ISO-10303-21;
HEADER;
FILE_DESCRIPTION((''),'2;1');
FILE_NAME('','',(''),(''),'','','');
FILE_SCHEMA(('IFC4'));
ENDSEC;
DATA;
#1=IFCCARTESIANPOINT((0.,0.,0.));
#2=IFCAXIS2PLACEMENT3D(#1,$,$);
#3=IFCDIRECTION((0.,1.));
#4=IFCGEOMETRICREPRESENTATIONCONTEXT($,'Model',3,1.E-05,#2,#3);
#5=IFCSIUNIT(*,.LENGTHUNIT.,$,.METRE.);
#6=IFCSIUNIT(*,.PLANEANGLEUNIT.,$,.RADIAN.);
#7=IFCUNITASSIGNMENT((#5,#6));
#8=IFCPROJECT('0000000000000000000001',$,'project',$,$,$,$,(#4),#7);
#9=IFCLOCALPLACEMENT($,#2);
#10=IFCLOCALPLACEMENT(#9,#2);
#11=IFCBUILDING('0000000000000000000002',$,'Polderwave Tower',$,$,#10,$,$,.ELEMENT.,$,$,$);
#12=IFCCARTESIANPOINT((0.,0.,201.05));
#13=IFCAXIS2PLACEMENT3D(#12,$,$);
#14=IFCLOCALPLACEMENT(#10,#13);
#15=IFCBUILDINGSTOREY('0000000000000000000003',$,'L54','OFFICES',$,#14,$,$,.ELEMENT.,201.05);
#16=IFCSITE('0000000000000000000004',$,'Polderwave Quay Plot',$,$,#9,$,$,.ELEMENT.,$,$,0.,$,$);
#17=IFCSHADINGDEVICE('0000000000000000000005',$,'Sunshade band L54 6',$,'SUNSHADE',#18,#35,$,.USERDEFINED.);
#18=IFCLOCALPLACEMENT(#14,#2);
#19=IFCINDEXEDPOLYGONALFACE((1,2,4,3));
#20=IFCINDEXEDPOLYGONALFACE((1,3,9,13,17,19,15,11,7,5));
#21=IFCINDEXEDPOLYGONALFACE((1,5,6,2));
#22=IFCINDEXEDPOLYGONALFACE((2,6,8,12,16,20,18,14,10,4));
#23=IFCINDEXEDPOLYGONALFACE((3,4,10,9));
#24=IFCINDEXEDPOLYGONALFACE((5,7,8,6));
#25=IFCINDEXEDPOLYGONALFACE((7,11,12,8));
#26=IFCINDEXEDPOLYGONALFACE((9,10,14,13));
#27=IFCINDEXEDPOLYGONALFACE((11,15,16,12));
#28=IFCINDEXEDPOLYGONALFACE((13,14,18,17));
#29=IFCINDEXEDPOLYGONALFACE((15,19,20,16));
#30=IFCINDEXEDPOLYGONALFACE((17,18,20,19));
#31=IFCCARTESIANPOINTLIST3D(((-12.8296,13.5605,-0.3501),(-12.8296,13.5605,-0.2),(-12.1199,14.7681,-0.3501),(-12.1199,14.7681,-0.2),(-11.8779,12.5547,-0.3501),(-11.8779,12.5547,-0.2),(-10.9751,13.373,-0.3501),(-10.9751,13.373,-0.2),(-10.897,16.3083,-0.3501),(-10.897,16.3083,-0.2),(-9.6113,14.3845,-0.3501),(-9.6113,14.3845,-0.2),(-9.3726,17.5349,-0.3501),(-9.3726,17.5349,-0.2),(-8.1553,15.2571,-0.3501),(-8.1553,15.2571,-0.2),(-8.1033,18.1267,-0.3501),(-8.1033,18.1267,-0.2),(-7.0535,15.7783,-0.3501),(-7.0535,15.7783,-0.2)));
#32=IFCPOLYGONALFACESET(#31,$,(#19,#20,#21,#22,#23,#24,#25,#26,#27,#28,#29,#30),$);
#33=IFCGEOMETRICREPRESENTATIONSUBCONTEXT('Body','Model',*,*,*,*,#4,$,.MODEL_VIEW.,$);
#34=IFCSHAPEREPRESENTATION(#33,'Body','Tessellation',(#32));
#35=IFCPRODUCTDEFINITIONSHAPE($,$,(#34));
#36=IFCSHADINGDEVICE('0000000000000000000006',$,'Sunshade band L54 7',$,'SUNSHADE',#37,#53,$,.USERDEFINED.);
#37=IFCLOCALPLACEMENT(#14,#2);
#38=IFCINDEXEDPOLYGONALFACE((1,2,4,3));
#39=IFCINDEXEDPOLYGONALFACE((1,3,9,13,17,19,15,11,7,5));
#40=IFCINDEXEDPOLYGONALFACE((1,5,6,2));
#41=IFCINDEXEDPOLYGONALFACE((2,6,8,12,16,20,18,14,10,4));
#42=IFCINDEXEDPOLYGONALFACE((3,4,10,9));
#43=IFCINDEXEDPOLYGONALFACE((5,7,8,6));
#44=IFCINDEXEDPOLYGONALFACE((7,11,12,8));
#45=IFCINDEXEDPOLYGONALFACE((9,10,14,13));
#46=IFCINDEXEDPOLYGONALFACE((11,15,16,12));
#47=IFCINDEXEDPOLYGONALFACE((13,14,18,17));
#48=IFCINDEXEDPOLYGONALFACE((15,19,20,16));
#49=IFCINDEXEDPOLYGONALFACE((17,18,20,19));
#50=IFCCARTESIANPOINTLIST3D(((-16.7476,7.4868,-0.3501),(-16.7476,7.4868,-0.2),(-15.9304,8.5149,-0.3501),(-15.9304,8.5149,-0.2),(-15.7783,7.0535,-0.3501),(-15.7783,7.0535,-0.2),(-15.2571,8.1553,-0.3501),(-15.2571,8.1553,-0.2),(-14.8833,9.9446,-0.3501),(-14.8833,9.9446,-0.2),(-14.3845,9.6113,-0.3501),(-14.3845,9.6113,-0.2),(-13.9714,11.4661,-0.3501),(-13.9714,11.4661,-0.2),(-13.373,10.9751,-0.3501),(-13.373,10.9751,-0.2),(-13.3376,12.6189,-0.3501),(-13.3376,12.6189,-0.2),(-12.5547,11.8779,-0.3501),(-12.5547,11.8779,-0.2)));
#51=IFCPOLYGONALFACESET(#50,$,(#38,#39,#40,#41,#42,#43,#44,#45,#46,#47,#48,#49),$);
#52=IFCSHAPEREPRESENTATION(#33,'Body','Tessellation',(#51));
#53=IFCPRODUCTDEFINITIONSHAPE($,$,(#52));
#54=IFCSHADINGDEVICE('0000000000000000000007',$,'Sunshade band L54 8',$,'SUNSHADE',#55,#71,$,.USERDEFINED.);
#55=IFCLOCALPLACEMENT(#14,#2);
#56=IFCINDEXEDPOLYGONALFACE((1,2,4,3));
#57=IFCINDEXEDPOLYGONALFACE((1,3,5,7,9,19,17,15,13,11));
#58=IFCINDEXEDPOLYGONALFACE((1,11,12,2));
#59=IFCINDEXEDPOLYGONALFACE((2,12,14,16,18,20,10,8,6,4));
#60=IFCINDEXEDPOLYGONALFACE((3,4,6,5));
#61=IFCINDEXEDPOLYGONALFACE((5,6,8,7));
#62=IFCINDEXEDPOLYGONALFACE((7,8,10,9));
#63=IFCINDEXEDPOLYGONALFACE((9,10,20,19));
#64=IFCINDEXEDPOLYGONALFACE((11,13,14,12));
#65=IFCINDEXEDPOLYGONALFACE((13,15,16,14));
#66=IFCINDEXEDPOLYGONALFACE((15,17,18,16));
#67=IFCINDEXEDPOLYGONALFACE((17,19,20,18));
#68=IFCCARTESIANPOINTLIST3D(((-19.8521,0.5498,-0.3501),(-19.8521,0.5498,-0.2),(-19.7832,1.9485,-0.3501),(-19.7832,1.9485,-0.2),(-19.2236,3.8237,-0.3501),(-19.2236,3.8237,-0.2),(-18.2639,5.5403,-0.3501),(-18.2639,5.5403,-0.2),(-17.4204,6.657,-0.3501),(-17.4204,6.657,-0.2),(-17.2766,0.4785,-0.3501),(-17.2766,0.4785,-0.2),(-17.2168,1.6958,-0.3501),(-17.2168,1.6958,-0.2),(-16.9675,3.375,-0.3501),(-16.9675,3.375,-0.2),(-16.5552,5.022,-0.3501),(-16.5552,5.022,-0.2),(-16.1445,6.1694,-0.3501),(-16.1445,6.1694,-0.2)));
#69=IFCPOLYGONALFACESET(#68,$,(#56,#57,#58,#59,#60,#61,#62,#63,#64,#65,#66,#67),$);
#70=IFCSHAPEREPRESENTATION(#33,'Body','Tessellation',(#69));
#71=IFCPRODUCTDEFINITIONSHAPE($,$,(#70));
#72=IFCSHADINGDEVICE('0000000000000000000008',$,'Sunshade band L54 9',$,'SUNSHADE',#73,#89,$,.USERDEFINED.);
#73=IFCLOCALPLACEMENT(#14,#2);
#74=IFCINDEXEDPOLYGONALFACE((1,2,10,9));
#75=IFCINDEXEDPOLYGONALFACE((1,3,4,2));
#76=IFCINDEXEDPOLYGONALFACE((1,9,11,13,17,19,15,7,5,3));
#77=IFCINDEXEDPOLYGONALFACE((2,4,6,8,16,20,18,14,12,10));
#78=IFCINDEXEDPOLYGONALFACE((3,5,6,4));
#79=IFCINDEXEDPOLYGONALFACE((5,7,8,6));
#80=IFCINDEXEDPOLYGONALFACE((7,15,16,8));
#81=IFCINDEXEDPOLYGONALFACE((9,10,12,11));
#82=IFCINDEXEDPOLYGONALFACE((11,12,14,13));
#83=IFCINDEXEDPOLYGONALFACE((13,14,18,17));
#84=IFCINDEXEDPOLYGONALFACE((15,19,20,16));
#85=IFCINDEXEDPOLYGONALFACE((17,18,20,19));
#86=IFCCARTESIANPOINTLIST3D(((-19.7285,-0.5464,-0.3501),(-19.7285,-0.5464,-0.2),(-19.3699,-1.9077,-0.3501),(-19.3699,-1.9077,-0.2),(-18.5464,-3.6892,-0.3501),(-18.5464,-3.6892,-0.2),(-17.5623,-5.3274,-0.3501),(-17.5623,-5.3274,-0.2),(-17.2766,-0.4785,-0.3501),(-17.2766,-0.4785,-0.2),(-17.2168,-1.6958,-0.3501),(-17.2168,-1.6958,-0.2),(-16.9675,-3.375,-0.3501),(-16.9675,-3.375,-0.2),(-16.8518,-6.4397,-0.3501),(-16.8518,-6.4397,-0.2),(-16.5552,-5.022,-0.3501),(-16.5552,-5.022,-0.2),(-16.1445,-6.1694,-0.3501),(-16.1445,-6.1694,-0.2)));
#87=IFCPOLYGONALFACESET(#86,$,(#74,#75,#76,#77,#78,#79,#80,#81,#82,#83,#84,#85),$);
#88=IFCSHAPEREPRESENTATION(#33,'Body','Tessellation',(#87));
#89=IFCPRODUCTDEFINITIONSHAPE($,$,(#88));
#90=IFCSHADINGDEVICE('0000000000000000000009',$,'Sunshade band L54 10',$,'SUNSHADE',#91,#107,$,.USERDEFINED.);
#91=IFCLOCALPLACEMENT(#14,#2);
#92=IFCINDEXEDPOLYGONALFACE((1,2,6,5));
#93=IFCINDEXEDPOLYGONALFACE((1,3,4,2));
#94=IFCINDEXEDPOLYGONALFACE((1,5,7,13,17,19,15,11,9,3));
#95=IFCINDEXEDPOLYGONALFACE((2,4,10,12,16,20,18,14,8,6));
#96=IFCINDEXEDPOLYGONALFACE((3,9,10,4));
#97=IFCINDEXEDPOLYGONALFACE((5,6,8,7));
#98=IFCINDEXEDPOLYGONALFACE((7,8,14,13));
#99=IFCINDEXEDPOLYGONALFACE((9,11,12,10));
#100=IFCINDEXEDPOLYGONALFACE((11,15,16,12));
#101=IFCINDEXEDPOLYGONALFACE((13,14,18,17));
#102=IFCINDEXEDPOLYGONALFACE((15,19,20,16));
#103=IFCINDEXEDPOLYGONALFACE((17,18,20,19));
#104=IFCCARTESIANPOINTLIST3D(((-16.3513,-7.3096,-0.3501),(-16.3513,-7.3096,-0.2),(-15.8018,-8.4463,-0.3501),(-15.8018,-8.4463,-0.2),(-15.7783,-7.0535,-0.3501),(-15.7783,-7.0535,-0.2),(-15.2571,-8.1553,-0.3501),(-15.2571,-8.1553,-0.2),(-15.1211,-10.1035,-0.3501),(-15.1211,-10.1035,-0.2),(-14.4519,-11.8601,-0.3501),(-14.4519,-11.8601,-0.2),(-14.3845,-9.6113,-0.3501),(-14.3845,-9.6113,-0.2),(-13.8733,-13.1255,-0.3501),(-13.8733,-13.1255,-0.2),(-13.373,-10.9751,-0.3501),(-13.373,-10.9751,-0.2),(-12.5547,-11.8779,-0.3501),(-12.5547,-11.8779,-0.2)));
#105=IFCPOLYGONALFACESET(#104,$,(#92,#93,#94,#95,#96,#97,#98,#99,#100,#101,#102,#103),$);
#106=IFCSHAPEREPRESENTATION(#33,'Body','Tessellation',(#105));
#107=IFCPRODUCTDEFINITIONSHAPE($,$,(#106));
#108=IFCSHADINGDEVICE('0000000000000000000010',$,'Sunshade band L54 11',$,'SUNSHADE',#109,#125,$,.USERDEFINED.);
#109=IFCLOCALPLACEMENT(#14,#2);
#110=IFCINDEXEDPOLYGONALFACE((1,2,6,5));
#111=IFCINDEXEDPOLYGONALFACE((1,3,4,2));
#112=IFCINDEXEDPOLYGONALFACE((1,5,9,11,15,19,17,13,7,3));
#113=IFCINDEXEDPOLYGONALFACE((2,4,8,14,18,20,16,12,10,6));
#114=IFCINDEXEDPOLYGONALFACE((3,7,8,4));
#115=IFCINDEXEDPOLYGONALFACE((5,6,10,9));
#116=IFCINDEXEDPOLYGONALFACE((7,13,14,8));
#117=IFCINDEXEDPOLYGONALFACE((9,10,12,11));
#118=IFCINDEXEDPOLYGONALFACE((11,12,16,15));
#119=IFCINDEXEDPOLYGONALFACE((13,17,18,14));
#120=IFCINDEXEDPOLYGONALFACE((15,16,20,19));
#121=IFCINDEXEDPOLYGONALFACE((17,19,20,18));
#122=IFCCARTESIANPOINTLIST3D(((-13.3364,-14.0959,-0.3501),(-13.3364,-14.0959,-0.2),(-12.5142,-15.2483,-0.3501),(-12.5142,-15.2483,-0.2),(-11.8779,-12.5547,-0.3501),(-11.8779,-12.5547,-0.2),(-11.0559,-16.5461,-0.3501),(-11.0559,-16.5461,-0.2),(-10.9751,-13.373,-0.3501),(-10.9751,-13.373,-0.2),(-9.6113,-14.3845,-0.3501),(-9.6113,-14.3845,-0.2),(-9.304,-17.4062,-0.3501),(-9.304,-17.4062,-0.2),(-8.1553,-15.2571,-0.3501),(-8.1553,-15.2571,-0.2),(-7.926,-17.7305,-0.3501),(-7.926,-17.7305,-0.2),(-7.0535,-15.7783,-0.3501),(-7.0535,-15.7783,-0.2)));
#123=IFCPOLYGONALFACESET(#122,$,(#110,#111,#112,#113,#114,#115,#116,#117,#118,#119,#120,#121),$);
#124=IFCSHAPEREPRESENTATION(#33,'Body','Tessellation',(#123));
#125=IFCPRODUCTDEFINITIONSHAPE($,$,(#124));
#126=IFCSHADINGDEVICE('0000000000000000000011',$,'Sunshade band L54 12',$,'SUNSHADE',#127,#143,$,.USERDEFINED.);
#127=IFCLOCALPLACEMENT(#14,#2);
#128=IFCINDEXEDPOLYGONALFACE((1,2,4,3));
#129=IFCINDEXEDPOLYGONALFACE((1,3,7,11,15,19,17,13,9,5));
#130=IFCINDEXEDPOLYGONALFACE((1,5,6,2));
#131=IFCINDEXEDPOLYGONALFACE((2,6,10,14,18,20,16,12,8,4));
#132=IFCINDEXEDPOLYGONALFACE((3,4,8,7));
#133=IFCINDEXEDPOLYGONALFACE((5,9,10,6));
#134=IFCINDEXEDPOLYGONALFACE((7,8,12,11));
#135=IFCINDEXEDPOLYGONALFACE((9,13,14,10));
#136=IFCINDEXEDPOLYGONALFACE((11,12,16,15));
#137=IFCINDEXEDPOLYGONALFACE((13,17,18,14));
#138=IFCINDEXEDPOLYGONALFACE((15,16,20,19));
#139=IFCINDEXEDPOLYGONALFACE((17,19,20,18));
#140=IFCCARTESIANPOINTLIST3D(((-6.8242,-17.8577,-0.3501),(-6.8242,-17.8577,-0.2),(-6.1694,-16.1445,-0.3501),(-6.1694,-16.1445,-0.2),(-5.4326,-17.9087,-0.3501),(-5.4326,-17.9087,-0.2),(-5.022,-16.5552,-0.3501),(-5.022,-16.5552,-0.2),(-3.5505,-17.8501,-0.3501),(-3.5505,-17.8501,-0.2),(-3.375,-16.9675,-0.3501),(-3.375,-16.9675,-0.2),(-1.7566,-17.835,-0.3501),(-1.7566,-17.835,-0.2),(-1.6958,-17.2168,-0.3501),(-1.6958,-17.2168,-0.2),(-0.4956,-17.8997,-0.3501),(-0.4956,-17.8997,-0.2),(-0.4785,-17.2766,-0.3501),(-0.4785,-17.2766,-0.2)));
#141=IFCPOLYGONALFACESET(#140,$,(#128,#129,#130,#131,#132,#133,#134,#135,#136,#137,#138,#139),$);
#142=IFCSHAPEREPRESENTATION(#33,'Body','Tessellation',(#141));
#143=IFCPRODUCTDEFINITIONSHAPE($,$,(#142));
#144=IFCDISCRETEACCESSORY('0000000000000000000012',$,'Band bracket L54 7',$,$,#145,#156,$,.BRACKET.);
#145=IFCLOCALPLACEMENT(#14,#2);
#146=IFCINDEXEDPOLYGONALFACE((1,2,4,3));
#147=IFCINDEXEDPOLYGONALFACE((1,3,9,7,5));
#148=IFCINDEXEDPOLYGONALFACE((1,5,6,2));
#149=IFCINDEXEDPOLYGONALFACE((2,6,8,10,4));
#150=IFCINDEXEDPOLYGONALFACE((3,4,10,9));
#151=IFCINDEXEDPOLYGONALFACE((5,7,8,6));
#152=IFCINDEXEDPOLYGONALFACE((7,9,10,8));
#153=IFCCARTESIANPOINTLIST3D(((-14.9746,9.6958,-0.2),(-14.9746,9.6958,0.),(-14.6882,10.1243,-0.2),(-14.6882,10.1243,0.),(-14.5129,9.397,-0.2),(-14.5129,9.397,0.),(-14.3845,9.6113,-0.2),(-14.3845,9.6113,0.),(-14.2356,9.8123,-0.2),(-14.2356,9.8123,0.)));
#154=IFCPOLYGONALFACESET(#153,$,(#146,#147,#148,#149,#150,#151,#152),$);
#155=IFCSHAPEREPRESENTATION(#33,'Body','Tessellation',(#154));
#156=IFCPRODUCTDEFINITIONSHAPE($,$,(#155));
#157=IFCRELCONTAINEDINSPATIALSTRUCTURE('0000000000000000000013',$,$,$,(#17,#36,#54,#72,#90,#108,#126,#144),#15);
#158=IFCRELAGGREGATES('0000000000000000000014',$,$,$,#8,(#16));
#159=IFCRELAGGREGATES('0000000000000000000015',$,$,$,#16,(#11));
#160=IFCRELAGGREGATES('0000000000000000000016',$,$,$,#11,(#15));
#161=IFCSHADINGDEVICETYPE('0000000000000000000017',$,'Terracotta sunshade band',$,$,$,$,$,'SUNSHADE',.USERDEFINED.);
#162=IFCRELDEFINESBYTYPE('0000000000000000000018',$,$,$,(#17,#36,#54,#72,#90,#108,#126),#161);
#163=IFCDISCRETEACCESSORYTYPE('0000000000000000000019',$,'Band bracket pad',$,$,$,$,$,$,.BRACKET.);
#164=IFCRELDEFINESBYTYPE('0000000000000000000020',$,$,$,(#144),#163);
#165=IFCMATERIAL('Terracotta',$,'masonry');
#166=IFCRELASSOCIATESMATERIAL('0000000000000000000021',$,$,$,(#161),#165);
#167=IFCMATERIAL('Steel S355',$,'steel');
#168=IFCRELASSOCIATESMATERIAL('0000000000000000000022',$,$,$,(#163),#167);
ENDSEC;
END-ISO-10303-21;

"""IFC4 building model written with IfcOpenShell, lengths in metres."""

from ifc_helpers import new_model, si_unit, direction, frame, origin, place, context, subcontext, project, spatial, polyline, outline, extrude, material, type_object, element, save


model = new_model("IFC4")

# Units and contexts
model_context = context("Model", 3, precision=1e-05, world=origin(), true_north=direction((0.0, 1.0)))
body_context = subcontext(model_context, "Body", "Model", "MODEL_VIEW")
ifc_project = project(units=[si_unit("LENGTHUNIT", "METRE"), si_unit("PLANEANGLEUNIT", "RADIAN")], contexts=[model_context])

# Site, building, storey
site_placement = place(None, origin())
site = spatial("IfcSite", under=ifc_project, at=site_placement, Name="Polderwave Quay Plot", CompositionType="ELEMENT", RefElevation=0.0)
building_placement = place(site_placement, origin())
building = spatial("IfcBuilding", under=site, at=building_placement, Name="Polderwave Tower", CompositionType="ELEMENT")
storey_placement = place(building_placement, frame((0.0, 0.0, 201.05)))
storey = spatial("IfcBuildingStorey", under=building, at=storey_placement, Name="L54", Description="OFFICES", CompositionType="ELEMENT", Elevation=201.05)

# Shading devices
ifc_material_1 = material(Name="Terracotta", Category="masonry")
shading_device_type = type_object("IfcShadingDeviceType", Name="Terracotta sunshade band", ElementType="SUNSHADE", PredefinedType="USERDEFINED", material=ifc_material_1)
shading_device_1_placement = place(storey_placement, frame((0.0, 0.0, -0.3501)))
element("IfcShadingDevice", 1, at=shading_device_1_placement, inside=storey, type_object=shading_device_type, Name="Sunshade band L54 6", ObjectType="SUNSHADE", PredefinedType="USERDEFINED", context=body_context, shape_type="SweptSolid", body=[
    extrude(outline(polyline([(-7.0535, 15.7783), (-8.1553, 15.2571), (-9.6113, 14.3845), (-10.9751, 13.373), (-11.8779, 12.5547), (-12.8296, 13.5605), (-12.1199, 14.7681), (-10.897, 16.3083), (-9.3726, 17.5349), (-8.1033, 18.1267), (-7.0535, 15.7783)])), origin(), (0.0, 0.0, 1.0), 0.1501),
])
shading_device_2_placement = place(storey_placement, frame((0.0, 0.0, -0.3501)))
element("IfcShadingDevice", 2, at=shading_device_2_placement, inside=storey, type_object=shading_device_type, Name="Sunshade band L54 7", ObjectType="SUNSHADE", PredefinedType="USERDEFINED", context=body_context, shape_type="SweptSolid", body=[
    extrude(outline(polyline([(-12.5547, 11.8779), (-13.373, 10.9751), (-14.3845, 9.6113), (-15.2571, 8.1553), (-15.7783, 7.0535), (-16.7476, 7.4868), (-15.9304, 8.5149), (-14.8833, 9.9446), (-13.9714, 11.4661), (-13.3376, 12.6189), (-12.5547, 11.8779)])), origin(), (0.0, 0.0, 1.0), 0.1501),
])
shading_device_3_placement = place(storey_placement, frame((0.0, 0.0, -0.3501)))
element("IfcShadingDevice", 3, at=shading_device_3_placement, inside=storey, type_object=shading_device_type, Name="Sunshade band L54 8", ObjectType="SUNSHADE", PredefinedType="USERDEFINED", context=body_context, shape_type="SweptSolid", body=[
    extrude(outline(polyline([(-16.1445, 6.1694), (-16.5552, 5.022), (-16.9675, 3.375), (-17.2168, 1.6958), (-17.2766, 0.4785), (-19.8521, 0.5498), (-19.7832, 1.9485), (-19.2236, 3.8237), (-18.2639, 5.5403), (-17.4204, 6.657), (-16.1445, 6.1694)])), origin(), (0.0, 0.0, 1.0), 0.1501),
])
shading_device_4_placement = place(storey_placement, frame((0.0, 0.0, -0.3501)))
element("IfcShadingDevice", 4, at=shading_device_4_placement, inside=storey, type_object=shading_device_type, Name="Sunshade band L54 9", ObjectType="SUNSHADE", PredefinedType="USERDEFINED", context=body_context, shape_type="SweptSolid", body=[
    extrude(outline(polyline([(-17.2766, -0.4785), (-17.2168, -1.6958), (-16.9675, -3.375), (-16.5552, -5.022), (-16.1445, -6.1694), (-16.8518, -6.4397), (-17.5623, -5.3274), (-18.5464, -3.6892), (-19.3699, -1.9077), (-19.7285, -0.5464), (-17.2766, -0.4785)])), origin(), (0.0, 0.0, 1.0), 0.1501),
])
shading_device_5_placement = place(storey_placement, frame((0.0, 0.0, -0.3501)))
element("IfcShadingDevice", 5, at=shading_device_5_placement, inside=storey, type_object=shading_device_type, Name="Sunshade band L54 10", ObjectType="SUNSHADE", PredefinedType="USERDEFINED", context=body_context, shape_type="SweptSolid", body=[
    extrude(outline(polyline([(-15.7783, -7.0535), (-15.2571, -8.1553), (-14.3845, -9.6113), (-13.373, -10.9751), (-12.5547, -11.8779), (-13.8733, -13.1255), (-14.4519, -11.8601), (-15.1211, -10.1035), (-15.8018, -8.4463), (-16.3513, -7.3096), (-15.7783, -7.0535)])), origin(), (0.0, 0.0, 1.0), 0.1501),
])
shading_device_6_placement = place(storey_placement, frame((0.0, 0.0, -0.3501)))
element("IfcShadingDevice", 6, at=shading_device_6_placement, inside=storey, type_object=shading_device_type, Name="Sunshade band L54 11", ObjectType="SUNSHADE", PredefinedType="USERDEFINED", context=body_context, shape_type="SweptSolid", body=[
    extrude(outline(polyline([(-11.8779, -12.5547), (-10.9751, -13.373), (-9.6113, -14.3845), (-8.1553, -15.2571), (-7.0535, -15.7783), (-7.926, -17.7305), (-9.304, -17.4062), (-11.0559, -16.5461), (-12.5142, -15.2483), (-13.3364, -14.0959), (-11.8779, -12.5547)])), origin(), (0.0, 0.0, 1.0), 0.1501),
])
shading_device_7_placement = place(storey_placement, frame((0.0, 0.0, -0.3501)))
element("IfcShadingDevice", 7, at=shading_device_7_placement, inside=storey, type_object=shading_device_type, Name="Sunshade band L54 12", ObjectType="SUNSHADE", PredefinedType="USERDEFINED", context=body_context, shape_type="SweptSolid", body=[
    extrude(outline(polyline([(-6.1694, -16.1445), (-5.022, -16.5552), (-3.375, -16.9675), (-1.6958, -17.2168), (-0.4785, -17.2766), (-0.4956, -17.8997), (-1.7566, -17.835), (-3.5505, -17.8501), (-5.4326, -17.9087), (-6.8242, -17.8577), (-6.1694, -16.1445)])), origin(), (0.0, 0.0, 1.0), 0.1501),
])

# Discrete accessory
ifc_material_2 = material(Name="Steel S355", Category="steel")
discrete_accessory_type = type_object("IfcDiscreteAccessoryType", Name="Band bracket pad", PredefinedType="BRACKET", material=ifc_material_2)
discrete_accessory_placement = place(storey_placement, frame((0.0, 0.0, -0.2)))
element("IfcDiscreteAccessory", 8, at=discrete_accessory_placement, inside=storey, type_object=discrete_accessory_type, Name="Band bracket L54 7", PredefinedType="BRACKET", context=body_context, shape_type="SweptSolid", body=[
    extrude(outline(polyline([(-14.2356, 9.8123), (-14.3845, 9.6113), (-14.5129, 9.397), (-14.9746, 9.6958), (-14.6882, 10.1243), (-14.2356, 9.8123)])), origin(), (0.0, 0.0, 1.0), 0.2),
])

save(model, "model.ifc")
